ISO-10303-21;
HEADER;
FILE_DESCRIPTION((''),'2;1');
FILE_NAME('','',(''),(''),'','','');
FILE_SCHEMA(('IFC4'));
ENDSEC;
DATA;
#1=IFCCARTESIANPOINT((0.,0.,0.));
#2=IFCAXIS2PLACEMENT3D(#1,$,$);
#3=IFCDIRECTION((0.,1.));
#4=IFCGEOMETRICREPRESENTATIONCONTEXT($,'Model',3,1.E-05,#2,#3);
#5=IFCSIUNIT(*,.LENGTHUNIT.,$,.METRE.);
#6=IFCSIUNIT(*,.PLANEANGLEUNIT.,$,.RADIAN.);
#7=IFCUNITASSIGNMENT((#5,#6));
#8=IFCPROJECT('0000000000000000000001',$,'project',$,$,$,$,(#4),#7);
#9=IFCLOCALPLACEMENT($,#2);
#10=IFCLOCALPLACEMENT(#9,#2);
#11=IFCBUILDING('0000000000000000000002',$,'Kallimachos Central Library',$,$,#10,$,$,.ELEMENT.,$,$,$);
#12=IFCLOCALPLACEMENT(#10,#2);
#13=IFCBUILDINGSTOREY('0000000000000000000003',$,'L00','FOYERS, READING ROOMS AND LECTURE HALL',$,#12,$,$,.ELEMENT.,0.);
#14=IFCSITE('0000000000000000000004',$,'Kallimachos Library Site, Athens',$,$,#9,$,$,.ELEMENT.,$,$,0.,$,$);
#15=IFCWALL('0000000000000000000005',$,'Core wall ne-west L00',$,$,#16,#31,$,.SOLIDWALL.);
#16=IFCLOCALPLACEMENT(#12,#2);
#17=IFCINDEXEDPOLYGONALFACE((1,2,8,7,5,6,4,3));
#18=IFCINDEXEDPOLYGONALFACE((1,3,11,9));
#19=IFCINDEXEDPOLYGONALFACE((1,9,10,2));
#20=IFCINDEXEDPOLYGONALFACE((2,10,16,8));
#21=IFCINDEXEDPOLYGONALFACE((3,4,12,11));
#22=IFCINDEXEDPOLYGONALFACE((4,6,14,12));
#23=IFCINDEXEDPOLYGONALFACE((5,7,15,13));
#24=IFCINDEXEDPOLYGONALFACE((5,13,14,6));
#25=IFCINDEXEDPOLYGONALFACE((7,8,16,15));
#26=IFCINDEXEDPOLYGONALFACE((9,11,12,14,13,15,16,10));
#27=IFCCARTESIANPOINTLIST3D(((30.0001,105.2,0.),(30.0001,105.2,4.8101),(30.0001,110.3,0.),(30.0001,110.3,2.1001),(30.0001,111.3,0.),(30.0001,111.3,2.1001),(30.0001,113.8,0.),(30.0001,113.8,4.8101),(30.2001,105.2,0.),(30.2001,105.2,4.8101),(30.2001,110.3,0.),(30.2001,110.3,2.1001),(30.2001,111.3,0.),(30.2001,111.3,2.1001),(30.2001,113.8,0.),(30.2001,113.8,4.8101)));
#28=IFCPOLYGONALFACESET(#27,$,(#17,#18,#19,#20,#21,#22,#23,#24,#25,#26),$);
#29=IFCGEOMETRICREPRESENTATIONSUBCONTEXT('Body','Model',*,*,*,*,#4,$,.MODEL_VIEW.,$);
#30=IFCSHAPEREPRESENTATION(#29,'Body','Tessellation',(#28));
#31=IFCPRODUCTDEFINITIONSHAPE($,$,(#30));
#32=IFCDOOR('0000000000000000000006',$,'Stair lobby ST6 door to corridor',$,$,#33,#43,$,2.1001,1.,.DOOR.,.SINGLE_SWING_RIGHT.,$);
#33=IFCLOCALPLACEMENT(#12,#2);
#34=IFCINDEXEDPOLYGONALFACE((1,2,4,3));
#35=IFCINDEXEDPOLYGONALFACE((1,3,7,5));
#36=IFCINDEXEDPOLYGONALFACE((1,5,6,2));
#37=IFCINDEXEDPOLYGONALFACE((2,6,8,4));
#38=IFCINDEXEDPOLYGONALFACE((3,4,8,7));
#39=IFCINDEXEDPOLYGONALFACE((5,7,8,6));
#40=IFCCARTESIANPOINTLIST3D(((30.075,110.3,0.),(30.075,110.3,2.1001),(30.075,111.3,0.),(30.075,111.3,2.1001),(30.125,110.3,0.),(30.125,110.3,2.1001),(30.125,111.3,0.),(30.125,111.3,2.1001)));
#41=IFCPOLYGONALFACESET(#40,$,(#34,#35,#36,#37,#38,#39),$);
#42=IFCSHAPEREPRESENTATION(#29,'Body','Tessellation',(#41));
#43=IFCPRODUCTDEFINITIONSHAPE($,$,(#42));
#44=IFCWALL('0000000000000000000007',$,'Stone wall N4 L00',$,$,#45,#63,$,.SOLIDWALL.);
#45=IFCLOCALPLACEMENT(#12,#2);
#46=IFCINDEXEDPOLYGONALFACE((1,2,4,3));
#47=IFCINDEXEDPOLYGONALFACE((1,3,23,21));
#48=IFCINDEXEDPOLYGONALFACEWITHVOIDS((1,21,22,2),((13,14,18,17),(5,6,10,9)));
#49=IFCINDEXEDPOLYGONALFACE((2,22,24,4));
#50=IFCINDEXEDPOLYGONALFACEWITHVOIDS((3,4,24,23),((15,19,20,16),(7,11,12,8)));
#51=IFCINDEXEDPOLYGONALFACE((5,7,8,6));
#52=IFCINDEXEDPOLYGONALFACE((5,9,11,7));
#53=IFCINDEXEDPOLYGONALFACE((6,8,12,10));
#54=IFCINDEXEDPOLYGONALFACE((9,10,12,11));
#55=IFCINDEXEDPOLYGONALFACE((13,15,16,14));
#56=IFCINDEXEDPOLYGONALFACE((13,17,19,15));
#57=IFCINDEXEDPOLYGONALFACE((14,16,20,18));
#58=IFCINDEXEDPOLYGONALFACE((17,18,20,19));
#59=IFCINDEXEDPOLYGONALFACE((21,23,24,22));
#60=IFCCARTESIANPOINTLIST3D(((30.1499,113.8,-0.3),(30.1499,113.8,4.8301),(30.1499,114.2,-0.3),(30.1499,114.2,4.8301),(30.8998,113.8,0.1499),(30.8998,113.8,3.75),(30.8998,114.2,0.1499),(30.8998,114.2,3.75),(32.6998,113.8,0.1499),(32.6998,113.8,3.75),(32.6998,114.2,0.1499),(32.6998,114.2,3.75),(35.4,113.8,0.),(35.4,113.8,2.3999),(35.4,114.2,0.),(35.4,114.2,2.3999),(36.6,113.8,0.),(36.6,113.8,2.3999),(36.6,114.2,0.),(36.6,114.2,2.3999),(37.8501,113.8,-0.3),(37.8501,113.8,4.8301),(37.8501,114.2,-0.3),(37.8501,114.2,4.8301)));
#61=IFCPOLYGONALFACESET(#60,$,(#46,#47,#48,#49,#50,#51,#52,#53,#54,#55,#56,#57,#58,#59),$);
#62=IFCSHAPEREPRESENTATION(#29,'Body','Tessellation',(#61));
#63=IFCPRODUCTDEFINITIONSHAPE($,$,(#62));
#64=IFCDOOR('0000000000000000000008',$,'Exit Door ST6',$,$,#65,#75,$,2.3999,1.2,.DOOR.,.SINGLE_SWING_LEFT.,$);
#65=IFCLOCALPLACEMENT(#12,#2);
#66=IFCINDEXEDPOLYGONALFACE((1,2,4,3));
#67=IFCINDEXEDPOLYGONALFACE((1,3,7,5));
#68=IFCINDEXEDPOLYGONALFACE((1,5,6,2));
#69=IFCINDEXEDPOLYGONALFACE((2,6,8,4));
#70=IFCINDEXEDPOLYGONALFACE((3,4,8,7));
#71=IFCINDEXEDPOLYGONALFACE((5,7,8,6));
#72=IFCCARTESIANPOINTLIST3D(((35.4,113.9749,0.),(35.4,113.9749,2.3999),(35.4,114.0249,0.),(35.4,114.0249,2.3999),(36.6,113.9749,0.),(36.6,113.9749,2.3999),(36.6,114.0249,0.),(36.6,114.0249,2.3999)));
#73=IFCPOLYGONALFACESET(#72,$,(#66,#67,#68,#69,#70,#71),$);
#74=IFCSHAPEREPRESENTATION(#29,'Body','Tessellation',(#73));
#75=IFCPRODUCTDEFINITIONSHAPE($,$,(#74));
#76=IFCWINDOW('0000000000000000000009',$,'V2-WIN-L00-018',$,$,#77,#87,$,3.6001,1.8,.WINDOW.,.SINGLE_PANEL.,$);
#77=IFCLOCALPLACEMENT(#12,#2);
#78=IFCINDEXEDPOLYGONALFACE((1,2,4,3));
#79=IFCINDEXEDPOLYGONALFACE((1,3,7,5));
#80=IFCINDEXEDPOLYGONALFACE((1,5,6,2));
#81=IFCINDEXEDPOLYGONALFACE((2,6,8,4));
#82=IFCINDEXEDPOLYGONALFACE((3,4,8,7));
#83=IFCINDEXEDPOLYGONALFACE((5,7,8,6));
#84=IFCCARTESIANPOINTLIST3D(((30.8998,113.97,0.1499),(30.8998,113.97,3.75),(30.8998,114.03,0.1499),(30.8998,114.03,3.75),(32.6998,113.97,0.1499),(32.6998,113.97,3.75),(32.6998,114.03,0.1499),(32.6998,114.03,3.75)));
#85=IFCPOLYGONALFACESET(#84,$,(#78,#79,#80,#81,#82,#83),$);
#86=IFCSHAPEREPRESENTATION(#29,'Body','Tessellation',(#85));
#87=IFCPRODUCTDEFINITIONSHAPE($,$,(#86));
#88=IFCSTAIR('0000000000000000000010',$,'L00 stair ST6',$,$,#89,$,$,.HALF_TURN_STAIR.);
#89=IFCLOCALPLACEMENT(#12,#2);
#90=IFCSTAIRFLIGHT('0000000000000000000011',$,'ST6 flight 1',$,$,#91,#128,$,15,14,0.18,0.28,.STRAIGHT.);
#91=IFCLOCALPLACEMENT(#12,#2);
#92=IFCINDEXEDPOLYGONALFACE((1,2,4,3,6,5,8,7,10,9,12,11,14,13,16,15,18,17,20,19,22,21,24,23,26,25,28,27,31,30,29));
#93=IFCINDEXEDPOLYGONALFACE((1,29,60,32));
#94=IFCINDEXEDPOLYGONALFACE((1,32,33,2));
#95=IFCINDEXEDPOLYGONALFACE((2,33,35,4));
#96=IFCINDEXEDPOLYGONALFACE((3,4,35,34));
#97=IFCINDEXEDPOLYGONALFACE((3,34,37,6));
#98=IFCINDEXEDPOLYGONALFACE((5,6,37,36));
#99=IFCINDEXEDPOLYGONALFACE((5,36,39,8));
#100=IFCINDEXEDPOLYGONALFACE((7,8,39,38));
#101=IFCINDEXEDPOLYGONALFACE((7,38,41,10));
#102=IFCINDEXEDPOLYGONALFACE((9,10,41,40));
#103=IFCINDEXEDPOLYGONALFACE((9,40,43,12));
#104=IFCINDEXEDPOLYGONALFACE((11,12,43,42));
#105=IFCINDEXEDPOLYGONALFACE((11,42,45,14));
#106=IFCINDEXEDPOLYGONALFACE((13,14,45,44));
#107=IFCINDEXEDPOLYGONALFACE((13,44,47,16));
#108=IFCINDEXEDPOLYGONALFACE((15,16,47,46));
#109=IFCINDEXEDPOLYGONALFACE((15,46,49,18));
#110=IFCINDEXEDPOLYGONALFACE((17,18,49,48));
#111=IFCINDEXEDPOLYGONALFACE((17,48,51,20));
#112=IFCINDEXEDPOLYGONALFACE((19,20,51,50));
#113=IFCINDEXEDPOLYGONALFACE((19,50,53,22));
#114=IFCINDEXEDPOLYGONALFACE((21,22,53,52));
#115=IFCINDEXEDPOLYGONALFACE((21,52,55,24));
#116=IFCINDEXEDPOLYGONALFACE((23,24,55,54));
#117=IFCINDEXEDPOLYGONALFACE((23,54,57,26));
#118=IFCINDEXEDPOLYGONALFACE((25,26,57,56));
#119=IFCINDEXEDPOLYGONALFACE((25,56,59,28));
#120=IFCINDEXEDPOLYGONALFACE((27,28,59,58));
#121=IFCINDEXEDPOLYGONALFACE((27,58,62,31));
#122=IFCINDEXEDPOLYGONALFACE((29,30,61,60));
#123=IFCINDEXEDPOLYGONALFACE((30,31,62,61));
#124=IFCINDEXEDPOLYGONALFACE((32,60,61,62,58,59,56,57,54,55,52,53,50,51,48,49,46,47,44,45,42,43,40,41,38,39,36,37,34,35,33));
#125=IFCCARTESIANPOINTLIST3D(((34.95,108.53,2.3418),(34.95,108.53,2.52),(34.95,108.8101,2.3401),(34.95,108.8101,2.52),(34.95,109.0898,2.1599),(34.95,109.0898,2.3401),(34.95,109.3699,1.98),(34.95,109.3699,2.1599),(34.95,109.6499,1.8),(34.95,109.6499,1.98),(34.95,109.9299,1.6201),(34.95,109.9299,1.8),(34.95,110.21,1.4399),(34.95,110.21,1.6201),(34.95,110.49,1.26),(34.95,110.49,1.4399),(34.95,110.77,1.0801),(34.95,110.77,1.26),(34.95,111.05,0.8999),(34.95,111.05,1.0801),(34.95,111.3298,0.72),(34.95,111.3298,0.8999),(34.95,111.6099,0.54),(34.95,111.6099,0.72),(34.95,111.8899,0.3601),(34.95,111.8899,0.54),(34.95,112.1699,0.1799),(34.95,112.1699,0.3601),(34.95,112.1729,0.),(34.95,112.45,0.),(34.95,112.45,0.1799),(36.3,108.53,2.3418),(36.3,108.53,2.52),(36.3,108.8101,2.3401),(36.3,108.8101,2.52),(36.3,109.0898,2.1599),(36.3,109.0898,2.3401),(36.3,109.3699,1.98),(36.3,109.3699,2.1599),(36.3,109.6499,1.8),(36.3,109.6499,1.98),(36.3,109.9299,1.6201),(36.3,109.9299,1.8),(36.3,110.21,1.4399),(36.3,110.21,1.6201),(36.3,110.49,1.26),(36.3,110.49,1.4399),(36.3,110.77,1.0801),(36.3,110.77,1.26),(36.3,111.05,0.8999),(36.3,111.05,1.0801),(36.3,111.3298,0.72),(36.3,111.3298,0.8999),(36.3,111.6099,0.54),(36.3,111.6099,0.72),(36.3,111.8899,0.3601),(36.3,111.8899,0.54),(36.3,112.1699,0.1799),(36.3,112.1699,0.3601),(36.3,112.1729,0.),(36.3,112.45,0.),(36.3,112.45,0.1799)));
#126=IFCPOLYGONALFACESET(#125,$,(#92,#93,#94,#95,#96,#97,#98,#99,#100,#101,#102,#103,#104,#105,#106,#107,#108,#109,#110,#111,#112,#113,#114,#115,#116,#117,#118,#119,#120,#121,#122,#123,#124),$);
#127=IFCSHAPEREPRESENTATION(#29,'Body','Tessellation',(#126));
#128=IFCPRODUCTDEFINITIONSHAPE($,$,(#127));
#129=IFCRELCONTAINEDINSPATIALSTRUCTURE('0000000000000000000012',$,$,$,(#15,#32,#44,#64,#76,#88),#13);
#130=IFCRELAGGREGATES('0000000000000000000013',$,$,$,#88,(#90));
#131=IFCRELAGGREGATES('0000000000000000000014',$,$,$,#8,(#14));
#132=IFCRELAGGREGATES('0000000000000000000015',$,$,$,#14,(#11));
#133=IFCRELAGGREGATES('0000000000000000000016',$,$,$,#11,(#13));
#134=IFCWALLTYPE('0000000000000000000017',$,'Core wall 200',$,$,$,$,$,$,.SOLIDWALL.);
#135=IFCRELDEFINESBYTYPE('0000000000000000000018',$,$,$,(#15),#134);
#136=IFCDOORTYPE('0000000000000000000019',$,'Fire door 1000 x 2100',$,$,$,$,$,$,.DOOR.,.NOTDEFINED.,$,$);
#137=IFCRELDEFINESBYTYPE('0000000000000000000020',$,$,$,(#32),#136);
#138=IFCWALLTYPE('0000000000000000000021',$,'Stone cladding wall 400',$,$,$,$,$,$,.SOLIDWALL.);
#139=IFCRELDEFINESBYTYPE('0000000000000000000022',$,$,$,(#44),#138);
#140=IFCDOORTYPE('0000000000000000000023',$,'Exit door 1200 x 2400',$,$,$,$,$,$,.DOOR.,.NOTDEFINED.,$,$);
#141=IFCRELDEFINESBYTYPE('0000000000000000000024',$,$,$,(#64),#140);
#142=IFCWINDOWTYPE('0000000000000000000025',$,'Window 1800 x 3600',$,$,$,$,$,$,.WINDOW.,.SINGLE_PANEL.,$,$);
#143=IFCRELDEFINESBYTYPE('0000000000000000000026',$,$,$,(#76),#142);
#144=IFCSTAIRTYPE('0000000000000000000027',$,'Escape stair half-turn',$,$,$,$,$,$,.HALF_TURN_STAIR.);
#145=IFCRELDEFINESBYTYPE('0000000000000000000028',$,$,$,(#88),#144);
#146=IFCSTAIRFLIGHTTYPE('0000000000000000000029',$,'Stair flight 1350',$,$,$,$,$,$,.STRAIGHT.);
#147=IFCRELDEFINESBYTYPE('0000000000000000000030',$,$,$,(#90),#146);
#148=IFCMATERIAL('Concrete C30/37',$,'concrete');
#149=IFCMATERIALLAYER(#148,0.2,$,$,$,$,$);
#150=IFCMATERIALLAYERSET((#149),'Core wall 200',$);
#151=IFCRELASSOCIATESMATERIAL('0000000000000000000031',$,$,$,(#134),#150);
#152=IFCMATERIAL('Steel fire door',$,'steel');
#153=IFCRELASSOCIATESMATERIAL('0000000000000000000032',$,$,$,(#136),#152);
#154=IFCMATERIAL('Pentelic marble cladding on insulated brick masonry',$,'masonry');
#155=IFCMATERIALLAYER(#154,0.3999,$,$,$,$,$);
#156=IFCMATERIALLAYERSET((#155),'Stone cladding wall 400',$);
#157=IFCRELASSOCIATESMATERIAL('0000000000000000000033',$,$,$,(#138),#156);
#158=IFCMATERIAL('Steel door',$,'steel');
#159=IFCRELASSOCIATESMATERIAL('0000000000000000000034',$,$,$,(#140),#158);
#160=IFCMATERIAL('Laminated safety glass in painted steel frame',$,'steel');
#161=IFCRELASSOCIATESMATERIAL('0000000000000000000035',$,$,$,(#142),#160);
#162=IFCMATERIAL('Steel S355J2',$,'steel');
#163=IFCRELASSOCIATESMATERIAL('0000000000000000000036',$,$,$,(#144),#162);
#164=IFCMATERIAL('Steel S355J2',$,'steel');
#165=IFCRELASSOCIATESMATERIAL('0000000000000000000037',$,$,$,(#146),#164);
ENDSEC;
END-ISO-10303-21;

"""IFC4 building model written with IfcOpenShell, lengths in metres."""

from ifc_helpers import new_model, si_unit, direction, frame, frame_2d, origin, place, context, subcontext, project, spatial, polyline, rectangle, outline, extrude, material, layer, layer_set, type_object, element, fill, aggregate, save


model = new_model("IFC4")

# Units and contexts
model_context = context("Model", 3, precision=1e-05, world=origin(), true_north=direction((0.0, 1.0)))
body_context = subcontext(model_context, "Body", "Model", "MODEL_VIEW")
ifc_project = project(units=[si_unit("LENGTHUNIT", "METRE"), si_unit("PLANEANGLEUNIT", "RADIAN")], contexts=[model_context])

# Site, building, storey
site_placement = place(None, origin())
site = spatial("IfcSite", under=ifc_project, at=site_placement, Name="Kallimachos Library Site, Athens", CompositionType="ELEMENT", RefElevation=0.0)
building_placement = place(site_placement, origin())
building = spatial("IfcBuilding", under=site, at=building_placement, Name="Kallimachos Central Library", CompositionType="ELEMENT")
storey_placement = place(building_placement, origin())
storey = spatial("IfcBuildingStorey", under=building, at=storey_placement, Name="L00", Description="FOYERS, READING ROOMS AND LECTURE HALL", CompositionType="ELEMENT", Elevation=0.0)

# Shared definitions
ifc_material_1 = material(Name="Concrete C30/37", Category="concrete")
ifc_layer_1 = layer(ifc_material_1, 0.2)
ifc_layer_set_1 = layer_set([ifc_layer_1], Name="Core wall 200")
wall_type_1 = type_object("IfcWallType", Name="Core wall 200", PredefinedType="SOLIDWALL", material=ifc_layer_set_1)
ifc_material_2 = material(Name="Steel fire door", Category="steel")
door_type_1 = type_object("IfcDoorType", Name="Fire door 1000 x 2100", OperationType="NOTDEFINED", PredefinedType="DOOR", material=ifc_material_2)

# Wall, opening, door
wall_1_placement = place(storey_placement, frame((30.1001, 105.2, 0.0), z_axis=(0.0, 0.0, 1.0), x_axis=(0.0, 1.0, 0.0)))
wall_1 = element("IfcWall", 1, at=wall_1_placement, inside=storey, type_object=wall_type_1, Name="Core wall ne-west L00", PredefinedType="SOLIDWALL", context=body_context, shape_type="SweptSolid", body=[
    extrude(rectangle(XDim=8.6001, YDim=0.2, at=frame_2d((4.3, 0.0))), origin(), (0.0, 0.0, 1.0), 4.8101),
])
opening_1_placement = place(wall_1_placement, frame((5.1001, 0.0, 0.0)))
opening_1 = element("IfcOpeningElement", 2, at=opening_1_placement, cuts=wall_1, PredefinedType="OPENING", context=body_context, shape_type="SweptSolid", body=[
    extrude(rectangle(XDim=1.0, YDim=2.1001, at=frame_2d((0.5, 1.05))), frame((0.0, 0.1099, 0.0), z_axis=(0.0, -1.0, 0.0), x_axis=(1.0, 0.0, 0.0)), (0.0, 0.0, 1.0), 0.22),
])
door_1_placement = place(opening_1_placement, frame((1.0, 0.0, 0.0), z_axis=(0.0, 0.0, 1.0), x_axis=(-1.0, 0.0, 0.0)))
door_1 = element("IfcDoor", 3, at=door_1_placement, inside=storey, type_object=door_type_1, Name="Stair lobby ST6 door to corridor", OperationType="SINGLE_SWING_RIGHT", OverallHeight=2.1001, OverallWidth=1.0, PredefinedType="DOOR", context=body_context, shape_type="SweptSolid", body=[
    extrude(rectangle(XDim=1.0, YDim=2.1001, at=frame_2d((0.5, 1.05))), frame((0.0, 0.0249, 0.0), z_axis=(0.0, -1.0, 0.0), x_axis=(1.0, 0.0, 0.0)), (0.0, 0.0, 1.0), 0.05),
])
fill(opening_1, door_1)

# Wall, openings, door, window
ifc_material_3 = material(Name="Pentelic marble cladding on insulated brick masonry", Category="masonry")
ifc_layer_2 = layer(ifc_material_3, 0.3999)
ifc_layer_set_2 = layer_set([ifc_layer_2], Name="Stone cladding wall 400")
wall_type_2 = type_object("IfcWallType", Name="Stone cladding wall 400", PredefinedType="SOLIDWALL", material=ifc_layer_set_2)
wall_2_placement = place(storey_placement, frame((30.1499, 114.0, -0.3), z_axis=(0.0, 0.0, 1.0), x_axis=(1.0, 0.0, 0.0)))
wall_2 = element("IfcWall", 4, at=wall_2_placement, inside=storey, type_object=wall_type_2, Name="Stone wall N4 L00", PredefinedType="SOLIDWALL", context=body_context, shape_type="SweptSolid", body=[
    extrude(rectangle(XDim=7.7002, YDim=0.3999, at=frame_2d((3.8501, 0.0))), origin(), (0.0, 0.0, 1.0), 5.1301),
])
opening_2_placement = place(wall_2_placement, frame((5.25, 0.0, 0.3)))
opening_2 = element("IfcOpeningElement", 5, at=opening_2_placement, cuts=wall_2, PredefinedType="OPENING", context=body_context, shape_type="SweptSolid", body=[
    extrude(rectangle(XDim=1.2, YDim=2.3999, at=frame_2d((0.6001, 1.2))), frame((0.0, 0.21, 0.0), z_axis=(0.0, -1.0, 0.0), x_axis=(1.0, 0.0, 0.0)), (0.0, 0.0, 1.0), 0.4199),
])
opening_3_placement = place(wall_2_placement, frame((0.75, 0.0, 0.45)))
opening_3 = element("IfcOpeningElement", 6, at=opening_3_placement, cuts=wall_2, PredefinedType="OPENING", context=body_context, shape_type="SweptSolid", body=[
    extrude(rectangle(XDim=1.8, YDim=3.6001, at=frame_2d((0.8999, 1.8))), frame((0.0, 0.21, 0.0), z_axis=(0.0, -1.0, 0.0), x_axis=(1.0, 0.0, 0.0)), (0.0, 0.0, 1.0), 0.4199),
])
ifc_material_4 = material(Name="Steel door", Category="steel")
door_type_2 = type_object("IfcDoorType", Name="Exit door 1200 x 2400", OperationType="NOTDEFINED", PredefinedType="DOOR", material=ifc_material_4)
door_2_placement = place(opening_2_placement, origin())
door_2 = element("IfcDoor", 7, at=door_2_placement, inside=storey, type_object=door_type_2, Name="Exit Door ST6", OperationType="SINGLE_SWING_LEFT", OverallHeight=2.3999, OverallWidth=1.2, PredefinedType="DOOR", context=body_context, shape_type="SweptSolid", body=[
    extrude(rectangle(XDim=1.2, YDim=2.3999, at=frame_2d((0.6001, 1.2))), frame((0.0, 0.0249, 0.0), z_axis=(0.0, -1.0, 0.0), x_axis=(1.0, 0.0, 0.0)), (0.0, 0.0, 1.0), 0.05),
])
fill(opening_2, door_2)
ifc_material_5 = material(Name="Laminated safety glass in painted steel frame", Category="steel")
window_type = type_object("IfcWindowType", Name="Window 1800 x 3600", PartitioningType="SINGLE_PANEL", PredefinedType="WINDOW", material=ifc_material_5)
window_placement = place(opening_3_placement, origin())
window = element("IfcWindow", 8, at=window_placement, inside=storey, type_object=window_type, Name="V2-WIN-L00-018", OverallHeight=3.6001, OverallWidth=1.8, PartitioningType="SINGLE_PANEL", PredefinedType="WINDOW", context=body_context, shape_type="SweptSolid", body=[
    extrude(rectangle(XDim=1.8, YDim=3.6001, at=frame_2d((0.8999, 1.8))), frame((0.0, 0.03, 0.0), z_axis=(0.0, -1.0, 0.0), x_axis=(1.0, 0.0, 0.0)), (0.0, 0.0, 1.0), 0.0601),
])
fill(opening_3, window)

# Stair, stair flight
ifc_material_6 = material(Name="Steel S355J2", Category="steel")
stair_type = type_object("IfcStairType", Name="Escape stair half-turn", PredefinedType="HALF_TURN_STAIR", material=ifc_material_6)
stair_placement = place(storey_placement, origin())
stair = element("IfcStair", 9, at=stair_placement, inside=storey, type_object=stair_type, Name="L00 stair ST6", PredefinedType="HALF_TURN_STAIR")
ifc_material_7 = material(Name="Steel S355J2", Category="steel")
stair_flight_type = type_object("IfcStairFlightType", Name="Stair flight 1350", PredefinedType="STRAIGHT", material=ifc_material_7)
stair_flight_placement = place(storey_placement, frame((35.625, 112.45, 0.0), z_axis=(0.0, 0.0, 1.0), x_axis=(0.0, -1.0, 0.0)))
stair_flight = element("IfcStairFlight", 10, at=stair_flight_placement, type_object=stair_flight_type, Name="ST6 flight 1", NumberOfRisers=15, NumberOfTreads=14, PredefinedType="STRAIGHT", RiserHeight=0.18, TreadLength=0.28, context=body_context, shape_type="SweptSolid", body=[
    extrude(outline(polyline([(0.0, 0.0), (0.0, 0.1799), (0.28, 0.1799), (0.28, 0.3601), (0.5601, 0.3601), (0.5601, 0.54), (0.8401, 0.54), (0.8401, 0.72), (1.1201, 0.72), (1.1201, 0.8999), (1.3999, 0.8999), (1.3999, 1.0801), (1.6799, 1.0801), (1.6799, 1.26), (1.96, 1.26), (1.96, 1.4399), (2.24, 1.4399), (2.24, 1.6201), (2.52, 1.6201), (2.52, 1.8), (2.8, 1.8), (2.8, 1.98), (3.0801, 1.98), (3.0801, 2.1599), (3.3601, 2.1599), (3.3601, 2.3401), (3.6399, 2.3401), (3.6399, 2.52), (3.9199, 2.52), (3.9199, 2.7), (3.9199, 2.3418), (0.2771, 0.0), (0.0, 0.0)])), frame((0.0, 0.675, 0.0), z_axis=(0.0, -1.0, 0.0), x_axis=(1.0, 0.0, 0.0)), (0.0, 0.0, 1.0), 1.3501),
])
aggregate(stair, [stair_flight])

save(model, "model.ifc")
